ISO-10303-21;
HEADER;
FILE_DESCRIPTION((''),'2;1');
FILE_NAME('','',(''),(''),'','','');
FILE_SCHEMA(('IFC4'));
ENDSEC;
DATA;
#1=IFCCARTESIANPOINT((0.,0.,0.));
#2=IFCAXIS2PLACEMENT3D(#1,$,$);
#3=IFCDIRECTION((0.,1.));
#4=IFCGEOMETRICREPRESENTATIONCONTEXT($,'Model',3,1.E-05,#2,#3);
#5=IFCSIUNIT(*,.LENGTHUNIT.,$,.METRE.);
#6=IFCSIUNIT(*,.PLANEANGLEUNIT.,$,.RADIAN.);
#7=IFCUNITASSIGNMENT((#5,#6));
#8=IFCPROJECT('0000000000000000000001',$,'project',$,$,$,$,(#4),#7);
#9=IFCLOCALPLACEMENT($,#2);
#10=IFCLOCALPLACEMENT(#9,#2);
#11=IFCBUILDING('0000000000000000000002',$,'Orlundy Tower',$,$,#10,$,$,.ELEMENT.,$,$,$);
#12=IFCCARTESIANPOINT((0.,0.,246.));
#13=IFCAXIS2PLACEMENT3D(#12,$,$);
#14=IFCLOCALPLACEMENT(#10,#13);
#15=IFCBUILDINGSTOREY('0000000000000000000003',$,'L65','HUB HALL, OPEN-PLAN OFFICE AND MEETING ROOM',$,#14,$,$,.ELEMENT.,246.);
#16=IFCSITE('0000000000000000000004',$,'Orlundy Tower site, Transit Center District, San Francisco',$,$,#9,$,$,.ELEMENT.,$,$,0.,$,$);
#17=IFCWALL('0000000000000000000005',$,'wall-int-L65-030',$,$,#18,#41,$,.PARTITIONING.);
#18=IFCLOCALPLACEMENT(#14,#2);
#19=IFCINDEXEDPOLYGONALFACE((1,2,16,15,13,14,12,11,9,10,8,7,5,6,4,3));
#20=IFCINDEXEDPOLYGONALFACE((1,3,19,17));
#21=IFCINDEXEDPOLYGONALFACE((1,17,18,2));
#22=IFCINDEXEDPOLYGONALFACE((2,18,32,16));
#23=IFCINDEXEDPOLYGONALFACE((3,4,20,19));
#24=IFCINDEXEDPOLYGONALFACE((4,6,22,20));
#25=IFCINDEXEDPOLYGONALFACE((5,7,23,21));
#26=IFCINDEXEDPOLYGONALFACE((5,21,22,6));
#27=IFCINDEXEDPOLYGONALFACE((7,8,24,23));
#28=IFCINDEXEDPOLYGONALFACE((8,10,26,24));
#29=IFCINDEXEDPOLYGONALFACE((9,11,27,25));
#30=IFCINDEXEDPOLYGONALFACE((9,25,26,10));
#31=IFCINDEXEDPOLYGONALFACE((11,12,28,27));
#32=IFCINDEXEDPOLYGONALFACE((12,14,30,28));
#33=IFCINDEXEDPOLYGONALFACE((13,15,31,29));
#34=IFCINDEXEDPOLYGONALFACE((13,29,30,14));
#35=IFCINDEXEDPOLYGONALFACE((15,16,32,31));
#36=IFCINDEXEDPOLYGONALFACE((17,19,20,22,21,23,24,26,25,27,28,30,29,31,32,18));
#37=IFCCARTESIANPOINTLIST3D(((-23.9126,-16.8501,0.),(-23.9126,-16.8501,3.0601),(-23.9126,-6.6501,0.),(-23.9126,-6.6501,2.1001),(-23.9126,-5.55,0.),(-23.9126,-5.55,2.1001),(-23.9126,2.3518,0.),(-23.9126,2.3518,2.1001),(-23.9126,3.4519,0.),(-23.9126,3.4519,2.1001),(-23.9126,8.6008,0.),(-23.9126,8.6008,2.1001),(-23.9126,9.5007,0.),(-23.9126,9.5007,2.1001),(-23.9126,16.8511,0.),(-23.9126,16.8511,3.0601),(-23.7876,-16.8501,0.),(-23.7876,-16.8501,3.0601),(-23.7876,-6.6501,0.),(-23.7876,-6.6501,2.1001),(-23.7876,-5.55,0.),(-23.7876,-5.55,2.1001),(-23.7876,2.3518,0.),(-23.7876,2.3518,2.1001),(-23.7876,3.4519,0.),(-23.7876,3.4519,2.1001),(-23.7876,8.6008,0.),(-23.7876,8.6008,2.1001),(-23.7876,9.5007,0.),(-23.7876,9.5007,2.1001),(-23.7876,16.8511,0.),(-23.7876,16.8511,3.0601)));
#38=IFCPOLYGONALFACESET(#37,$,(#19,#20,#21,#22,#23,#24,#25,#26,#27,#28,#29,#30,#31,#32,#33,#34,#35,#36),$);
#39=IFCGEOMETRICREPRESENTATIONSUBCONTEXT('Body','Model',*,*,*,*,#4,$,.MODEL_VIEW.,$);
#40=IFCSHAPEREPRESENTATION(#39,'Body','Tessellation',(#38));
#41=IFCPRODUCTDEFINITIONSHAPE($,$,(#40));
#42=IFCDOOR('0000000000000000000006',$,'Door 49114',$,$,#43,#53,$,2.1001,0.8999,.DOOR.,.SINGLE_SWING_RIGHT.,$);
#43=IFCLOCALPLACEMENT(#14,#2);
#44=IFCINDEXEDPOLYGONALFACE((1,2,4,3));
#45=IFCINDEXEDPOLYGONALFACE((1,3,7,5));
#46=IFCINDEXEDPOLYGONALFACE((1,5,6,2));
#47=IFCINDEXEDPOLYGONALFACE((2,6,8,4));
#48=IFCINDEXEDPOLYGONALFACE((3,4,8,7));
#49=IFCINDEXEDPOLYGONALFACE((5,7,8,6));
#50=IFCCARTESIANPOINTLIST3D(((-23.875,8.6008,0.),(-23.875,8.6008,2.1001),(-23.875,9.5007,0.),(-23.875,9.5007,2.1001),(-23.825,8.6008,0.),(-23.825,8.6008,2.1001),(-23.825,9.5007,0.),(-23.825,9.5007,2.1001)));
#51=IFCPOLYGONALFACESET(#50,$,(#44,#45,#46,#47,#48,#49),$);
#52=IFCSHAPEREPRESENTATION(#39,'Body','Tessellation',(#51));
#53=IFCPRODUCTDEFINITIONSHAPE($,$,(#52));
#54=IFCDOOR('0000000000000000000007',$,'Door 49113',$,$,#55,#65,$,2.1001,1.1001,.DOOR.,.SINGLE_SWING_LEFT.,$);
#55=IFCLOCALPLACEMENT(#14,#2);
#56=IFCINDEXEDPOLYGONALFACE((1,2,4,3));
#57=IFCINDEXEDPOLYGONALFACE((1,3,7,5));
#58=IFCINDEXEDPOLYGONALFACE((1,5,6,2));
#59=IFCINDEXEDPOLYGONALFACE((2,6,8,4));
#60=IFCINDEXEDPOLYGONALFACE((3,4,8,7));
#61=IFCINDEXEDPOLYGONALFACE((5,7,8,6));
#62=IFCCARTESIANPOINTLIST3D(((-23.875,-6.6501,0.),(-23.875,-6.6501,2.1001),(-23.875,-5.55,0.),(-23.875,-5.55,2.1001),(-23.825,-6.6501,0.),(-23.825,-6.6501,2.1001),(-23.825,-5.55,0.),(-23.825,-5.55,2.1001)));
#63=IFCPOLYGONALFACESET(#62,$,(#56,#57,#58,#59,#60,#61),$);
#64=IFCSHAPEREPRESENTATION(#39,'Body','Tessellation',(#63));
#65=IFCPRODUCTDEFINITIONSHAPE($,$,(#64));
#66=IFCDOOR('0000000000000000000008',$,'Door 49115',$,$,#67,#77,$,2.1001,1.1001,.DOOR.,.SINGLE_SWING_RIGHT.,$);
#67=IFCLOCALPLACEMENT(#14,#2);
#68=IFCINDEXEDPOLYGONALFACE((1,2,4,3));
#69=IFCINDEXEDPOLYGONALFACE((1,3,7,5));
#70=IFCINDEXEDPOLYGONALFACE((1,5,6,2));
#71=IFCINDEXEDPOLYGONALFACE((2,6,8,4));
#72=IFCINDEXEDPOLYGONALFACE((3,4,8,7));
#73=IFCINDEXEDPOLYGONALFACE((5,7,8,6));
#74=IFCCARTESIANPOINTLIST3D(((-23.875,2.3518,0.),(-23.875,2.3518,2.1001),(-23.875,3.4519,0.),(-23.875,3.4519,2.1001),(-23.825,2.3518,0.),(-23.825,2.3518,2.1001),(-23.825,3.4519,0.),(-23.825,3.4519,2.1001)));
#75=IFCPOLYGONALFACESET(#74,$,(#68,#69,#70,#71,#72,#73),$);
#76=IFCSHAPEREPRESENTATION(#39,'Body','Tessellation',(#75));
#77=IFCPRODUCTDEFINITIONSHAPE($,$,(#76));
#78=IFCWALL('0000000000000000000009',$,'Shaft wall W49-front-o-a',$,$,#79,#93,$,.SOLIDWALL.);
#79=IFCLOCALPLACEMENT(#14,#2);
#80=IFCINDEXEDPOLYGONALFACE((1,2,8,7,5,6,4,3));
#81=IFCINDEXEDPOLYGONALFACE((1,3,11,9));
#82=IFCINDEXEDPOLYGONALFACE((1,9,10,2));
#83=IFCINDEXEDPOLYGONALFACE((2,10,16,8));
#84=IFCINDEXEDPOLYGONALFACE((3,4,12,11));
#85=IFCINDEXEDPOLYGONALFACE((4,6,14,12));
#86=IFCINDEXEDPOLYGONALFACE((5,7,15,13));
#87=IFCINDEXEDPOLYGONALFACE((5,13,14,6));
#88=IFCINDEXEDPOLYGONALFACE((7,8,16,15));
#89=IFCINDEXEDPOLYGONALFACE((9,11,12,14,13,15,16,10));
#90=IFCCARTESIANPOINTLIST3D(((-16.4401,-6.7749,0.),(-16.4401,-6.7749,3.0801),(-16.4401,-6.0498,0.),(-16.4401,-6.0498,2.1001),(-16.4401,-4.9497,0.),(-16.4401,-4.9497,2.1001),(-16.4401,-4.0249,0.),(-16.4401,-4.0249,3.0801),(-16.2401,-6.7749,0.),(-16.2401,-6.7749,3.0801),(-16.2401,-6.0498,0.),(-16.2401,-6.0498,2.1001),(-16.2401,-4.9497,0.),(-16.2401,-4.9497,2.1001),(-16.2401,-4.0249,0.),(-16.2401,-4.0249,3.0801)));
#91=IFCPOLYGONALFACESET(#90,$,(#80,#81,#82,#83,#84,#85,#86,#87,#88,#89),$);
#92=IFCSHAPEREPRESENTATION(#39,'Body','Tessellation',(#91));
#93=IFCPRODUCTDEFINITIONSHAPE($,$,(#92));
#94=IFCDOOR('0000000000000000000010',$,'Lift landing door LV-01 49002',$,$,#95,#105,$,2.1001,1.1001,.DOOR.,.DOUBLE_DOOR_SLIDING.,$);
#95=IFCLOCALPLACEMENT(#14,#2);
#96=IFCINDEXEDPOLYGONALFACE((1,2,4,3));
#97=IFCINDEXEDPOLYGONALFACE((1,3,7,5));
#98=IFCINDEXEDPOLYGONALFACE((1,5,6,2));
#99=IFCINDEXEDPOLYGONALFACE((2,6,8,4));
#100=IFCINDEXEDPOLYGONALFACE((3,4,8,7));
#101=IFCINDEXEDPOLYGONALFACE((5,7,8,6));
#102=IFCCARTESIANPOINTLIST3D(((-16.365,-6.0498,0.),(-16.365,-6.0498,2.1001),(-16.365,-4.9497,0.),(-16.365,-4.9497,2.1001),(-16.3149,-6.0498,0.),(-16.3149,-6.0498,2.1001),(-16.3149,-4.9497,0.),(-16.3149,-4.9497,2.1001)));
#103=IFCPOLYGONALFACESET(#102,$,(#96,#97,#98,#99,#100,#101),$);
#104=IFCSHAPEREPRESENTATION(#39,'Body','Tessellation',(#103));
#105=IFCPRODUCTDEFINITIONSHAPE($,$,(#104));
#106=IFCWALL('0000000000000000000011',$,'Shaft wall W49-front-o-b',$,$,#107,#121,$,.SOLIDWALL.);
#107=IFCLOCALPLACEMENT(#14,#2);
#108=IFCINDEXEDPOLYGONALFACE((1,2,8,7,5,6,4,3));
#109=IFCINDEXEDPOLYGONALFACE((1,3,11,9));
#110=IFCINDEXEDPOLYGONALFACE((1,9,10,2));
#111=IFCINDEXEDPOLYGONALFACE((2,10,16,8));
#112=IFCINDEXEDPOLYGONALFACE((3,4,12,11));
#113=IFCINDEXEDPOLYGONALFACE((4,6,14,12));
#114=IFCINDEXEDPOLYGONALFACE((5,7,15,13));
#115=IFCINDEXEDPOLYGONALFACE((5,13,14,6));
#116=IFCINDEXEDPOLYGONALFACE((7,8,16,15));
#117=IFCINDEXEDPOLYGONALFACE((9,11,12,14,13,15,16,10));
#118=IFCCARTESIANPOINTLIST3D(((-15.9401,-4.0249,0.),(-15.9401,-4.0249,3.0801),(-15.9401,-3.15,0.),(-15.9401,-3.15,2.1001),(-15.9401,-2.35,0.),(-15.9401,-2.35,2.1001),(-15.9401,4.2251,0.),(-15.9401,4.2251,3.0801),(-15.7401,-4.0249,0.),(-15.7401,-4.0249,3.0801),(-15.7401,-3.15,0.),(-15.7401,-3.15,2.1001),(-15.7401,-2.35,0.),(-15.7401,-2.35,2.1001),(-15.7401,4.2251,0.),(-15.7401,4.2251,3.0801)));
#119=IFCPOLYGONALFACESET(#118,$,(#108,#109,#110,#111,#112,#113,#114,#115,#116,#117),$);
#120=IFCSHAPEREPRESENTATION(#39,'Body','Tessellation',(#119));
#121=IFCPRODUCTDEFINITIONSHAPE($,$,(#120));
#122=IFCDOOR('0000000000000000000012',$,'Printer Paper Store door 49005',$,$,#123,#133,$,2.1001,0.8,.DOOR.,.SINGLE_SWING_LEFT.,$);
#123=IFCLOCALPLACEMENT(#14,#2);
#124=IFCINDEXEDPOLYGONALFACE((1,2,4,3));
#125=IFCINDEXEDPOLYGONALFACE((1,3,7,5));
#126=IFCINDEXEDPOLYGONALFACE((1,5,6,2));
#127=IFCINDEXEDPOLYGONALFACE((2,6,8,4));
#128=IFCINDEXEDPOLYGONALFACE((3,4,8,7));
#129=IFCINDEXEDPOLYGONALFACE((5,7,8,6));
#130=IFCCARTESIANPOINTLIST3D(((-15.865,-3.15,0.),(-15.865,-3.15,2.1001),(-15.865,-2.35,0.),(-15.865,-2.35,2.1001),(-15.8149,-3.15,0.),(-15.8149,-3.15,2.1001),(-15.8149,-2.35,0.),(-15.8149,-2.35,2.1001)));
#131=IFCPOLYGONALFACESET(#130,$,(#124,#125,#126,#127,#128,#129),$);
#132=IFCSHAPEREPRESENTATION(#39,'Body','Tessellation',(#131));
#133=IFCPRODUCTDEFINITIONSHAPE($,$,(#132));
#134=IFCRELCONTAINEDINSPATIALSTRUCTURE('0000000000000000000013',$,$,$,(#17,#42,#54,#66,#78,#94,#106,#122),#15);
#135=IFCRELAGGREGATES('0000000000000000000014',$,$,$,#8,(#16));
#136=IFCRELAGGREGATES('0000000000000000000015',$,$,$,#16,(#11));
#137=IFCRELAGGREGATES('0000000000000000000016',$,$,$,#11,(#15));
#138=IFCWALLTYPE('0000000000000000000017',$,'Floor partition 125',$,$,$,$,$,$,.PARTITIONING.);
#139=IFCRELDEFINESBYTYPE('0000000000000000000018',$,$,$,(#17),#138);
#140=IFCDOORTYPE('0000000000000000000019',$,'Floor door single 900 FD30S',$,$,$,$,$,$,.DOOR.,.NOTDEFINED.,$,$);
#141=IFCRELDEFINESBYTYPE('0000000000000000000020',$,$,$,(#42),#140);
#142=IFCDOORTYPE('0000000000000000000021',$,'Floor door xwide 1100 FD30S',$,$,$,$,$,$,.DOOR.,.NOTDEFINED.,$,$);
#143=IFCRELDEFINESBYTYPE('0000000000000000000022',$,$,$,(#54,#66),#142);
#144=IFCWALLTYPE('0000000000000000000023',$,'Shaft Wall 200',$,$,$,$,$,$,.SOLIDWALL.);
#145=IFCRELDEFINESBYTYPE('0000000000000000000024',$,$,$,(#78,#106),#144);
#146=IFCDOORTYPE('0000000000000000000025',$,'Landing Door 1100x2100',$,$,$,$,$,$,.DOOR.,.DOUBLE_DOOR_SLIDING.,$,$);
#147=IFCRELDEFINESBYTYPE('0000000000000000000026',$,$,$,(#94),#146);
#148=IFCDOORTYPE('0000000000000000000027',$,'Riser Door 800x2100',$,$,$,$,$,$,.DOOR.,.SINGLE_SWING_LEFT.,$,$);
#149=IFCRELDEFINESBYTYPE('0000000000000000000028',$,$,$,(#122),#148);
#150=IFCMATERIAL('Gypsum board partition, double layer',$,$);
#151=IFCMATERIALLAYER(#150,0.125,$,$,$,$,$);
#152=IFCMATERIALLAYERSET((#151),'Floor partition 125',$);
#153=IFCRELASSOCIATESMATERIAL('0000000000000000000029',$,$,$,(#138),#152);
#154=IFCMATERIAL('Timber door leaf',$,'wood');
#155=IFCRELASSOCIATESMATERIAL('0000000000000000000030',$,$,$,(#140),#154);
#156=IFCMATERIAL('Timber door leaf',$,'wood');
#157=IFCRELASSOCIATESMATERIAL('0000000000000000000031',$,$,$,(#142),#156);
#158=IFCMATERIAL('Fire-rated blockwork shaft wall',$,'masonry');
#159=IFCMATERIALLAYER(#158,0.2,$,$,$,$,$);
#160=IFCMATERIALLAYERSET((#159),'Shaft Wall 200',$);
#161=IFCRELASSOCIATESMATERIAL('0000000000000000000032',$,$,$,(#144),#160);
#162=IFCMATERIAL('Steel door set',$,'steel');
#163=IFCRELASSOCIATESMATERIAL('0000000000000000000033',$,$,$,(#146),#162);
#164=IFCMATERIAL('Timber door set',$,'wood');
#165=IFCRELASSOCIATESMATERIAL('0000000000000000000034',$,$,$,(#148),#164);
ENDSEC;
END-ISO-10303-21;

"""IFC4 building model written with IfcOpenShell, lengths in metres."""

from ifc_helpers import new_model, si_unit, direction, frame, frame_2d, origin, place, context, subcontext, project, spatial, rectangle, extrude, material, layer, layer_set, type_object, element, fill, save


model = new_model("IFC4")

# Units and contexts
model_context = context("Model", 3, precision=1e-05, world=origin(), true_north=direction((0.0, 1.0)))
body_context = subcontext(model_context, "Body", "Model", "MODEL_VIEW")
ifc_project = project(units=[si_unit("LENGTHUNIT", "METRE"), si_unit("PLANEANGLEUNIT", "RADIAN")], contexts=[model_context])

# Site, building, storey
site_placement = place(None, origin())
site = spatial("IfcSite", under=ifc_project, at=site_placement, Name="Orlundy Tower site, Transit Center District, San Francisco", CompositionType="ELEMENT", RefElevation=0.0)
building_placement = place(site_placement, origin())
building = spatial("IfcBuilding", under=site, at=building_placement, Name="Orlundy Tower", CompositionType="ELEMENT")
storey_placement = place(building_placement, frame((0.0, 0.0, 246.0)))
storey = spatial("IfcBuildingStorey", under=building, at=storey_placement, Name="L65", Description="HUB HALL, OPEN-PLAN OFFICE AND MEETING ROOM", CompositionType="ELEMENT", Elevation=246.0)

# Wall, openings, doors
ifc_material_1 = material(Name="Gypsum board partition, double layer")
ifc_layer_1 = layer(ifc_material_1, 0.125)
ifc_layer_set_1 = layer_set([ifc_layer_1], Name="Floor partition 125")
wall_type_1 = type_object("IfcWallType", Name="Floor partition 125", PredefinedType="PARTITIONING", material=ifc_layer_set_1)
wall_1_placement = place(storey_placement, frame((-23.8501, -16.8501, 0.0), z_axis=(0.0, 0.0, 1.0), x_axis=(0.0, 1.0, 0.0)))
wall_1 = element("IfcWall", 1, at=wall_1_placement, inside=storey, type_object=wall_type_1, Name="wall-int-L65-030", PredefinedType="PARTITIONING", context=body_context, shape_type="SweptSolid", body=[
    extrude(rectangle(XDim=33.7012, YDim=0.125, at=frame_2d((16.8506, 0.0))), origin(), (0.0, 0.0, 1.0), 3.0601),
])
opening_1_placement = place(wall_1_placement, frame((10.2, 0.0, 0.0)))
opening_1 = element("IfcOpeningElement", 2, at=opening_1_placement, cuts=wall_1, PredefinedType="OPENING", context=body_context, shape_type="SweptSolid", body=[
    extrude(rectangle(XDim=1.1001, YDim=2.1001, at=frame_2d((0.55, 1.05))), frame((0.0, 0.0725, 0.0), z_axis=(0.0, -1.0, 0.0), x_axis=(1.0, 0.0, 0.0)), (0.0, 0.0, 1.0), 0.145),
])
opening_2_placement = place(wall_1_placement, frame((25.4509, 0.0, 0.0)))
opening_2 = element("IfcOpeningElement", 3, at=opening_2_placement, cuts=wall_1, PredefinedType="OPENING", context=body_context, shape_type="SweptSolid", body=[
    extrude(rectangle(XDim=0.8999, YDim=2.1001, at=frame_2d((0.45, 1.05))), frame((0.0, 0.0725, 0.0), z_axis=(0.0, -1.0, 0.0), x_axis=(1.0, 0.0, 0.0)), (0.0, 0.0, 1.0), 0.145),
])
opening_3_placement = place(wall_1_placement, frame((19.2019, 0.0, 0.0)))
opening_3 = element("IfcOpeningElement", 4, at=opening_3_placement, cuts=wall_1, PredefinedType="OPENING", context=body_context, shape_type="SweptSolid", body=[
    extrude(rectangle(XDim=1.1001, YDim=2.1001, at=frame_2d((0.55, 1.05))), frame((0.0, 0.0725, 0.0), z_axis=(0.0, -1.0, 0.0), x_axis=(1.0, 0.0, 0.0)), (0.0, 0.0, 1.0), 0.145),
])
ifc_material_2 = material(Name="Timber door leaf", Category="wood")
door_type_1 = type_object("IfcDoorType", Name="Floor door single 900 FD30S", OperationType="NOTDEFINED", PredefinedType="DOOR", material=ifc_material_2)
door_1_placement = place(opening_2_placement, origin())
door_1 = element("IfcDoor", 5, at=door_1_placement, inside=storey, type_object=door_type_1, Name="Door 49114", OperationType="SINGLE_SWING_RIGHT", OverallHeight=2.1001, OverallWidth=0.8999, PredefinedType="DOOR", context=body_context, shape_type="SweptSolid", body=[
    extrude(rectangle(XDim=0.8999, YDim=2.1001, at=frame_2d((0.45, 1.05))), frame((0.0, 0.0249, 0.0), z_axis=(0.0, -1.0, 0.0), x_axis=(1.0, 0.0, 0.0)), (0.0, 0.0, 1.0), 0.05),
])
fill(opening_2, door_1)
ifc_material_3 = material(Name="Timber door leaf", Category="wood")
door_type_2 = type_object("IfcDoorType", Name="Floor door xwide 1100 FD30S", OperationType="NOTDEFINED", PredefinedType="DOOR", material=ifc_material_3)
door_2_placement = place(opening_1_placement, origin())
door_2 = element("IfcDoor", 6, at=door_2_placement, inside=storey, type_object=door_type_2, Name="Door 49113", OperationType="SINGLE_SWING_LEFT", OverallHeight=2.1001, OverallWidth=1.1001, PredefinedType="DOOR", context=body_context, shape_type="SweptSolid", body=[
    extrude(rectangle(XDim=1.1001, YDim=2.1001, at=frame_2d((0.55, 1.05))), frame((0.0, 0.0249, 0.0), z_axis=(0.0, -1.0, 0.0), x_axis=(1.0, 0.0, 0.0)), (0.0, 0.0, 1.0), 0.05),
])
fill(opening_1, door_2)
door_3_placement = place(opening_3_placement, origin())
door_3 = element("IfcDoor", 7, at=door_3_placement, inside=storey, type_object=door_type_2, Name="Door 49115", OperationType="SINGLE_SWING_RIGHT", OverallHeight=2.1001, OverallWidth=1.1001, PredefinedType="DOOR", context=body_context, shape_type="SweptSolid", body=[
    extrude(rectangle(XDim=1.1001, YDim=2.1001, at=frame_2d((0.55, 1.05))), frame((0.0, 0.0249, 0.0), z_axis=(0.0, -1.0, 0.0), x_axis=(1.0, 0.0, 0.0)), (0.0, 0.0, 1.0), 0.05),
])
fill(opening_3, door_3)

# Walls, openings, doors
ifc_material_4 = material(Name="Fire-rated blockwork shaft wall", Category="masonry")
ifc_layer_2 = layer(ifc_material_4, 0.2)
ifc_layer_set_2 = layer_set([ifc_layer_2], Name="Shaft Wall 200")
wall_type_2 = type_object("IfcWallType", Name="Shaft Wall 200", PredefinedType="SOLIDWALL", material=ifc_layer_set_2)
wall_2_placement = place(storey_placement, frame((-16.3401, -6.7749, 0.0), z_axis=(0.0, 0.0, 1.0), x_axis=(0.0, 1.0, 0.0)))
wall_2 = element("IfcWall", 8, at=wall_2_placement, inside=storey, type_object=wall_type_2, Name="Shaft wall W49-front-o-a", PredefinedType="SOLIDWALL", context=body_context, shape_type="SweptSolid", body=[
    extrude(rectangle(XDim=2.75, YDim=0.2, at=frame_2d((1.375, 0.0))), origin(), (0.0, 0.0, 1.0), 3.0801),
])
opening_4_placement = place(wall_2_placement, frame((0.7251, 0.0, 0.0)))
opening_4 = element("IfcOpeningElement", 9, at=opening_4_placement, cuts=wall_2, PredefinedType="OPENING", context=body_context, shape_type="SweptSolid", body=[
    extrude(rectangle(XDim=1.1001, YDim=2.1001, at=frame_2d((0.55, 1.05))), frame((0.0, 0.1101, 0.0), z_axis=(0.0, -1.0, 0.0), x_axis=(1.0, 0.0, 0.0)), (0.0, 0.0, 1.0), 0.2202),
])
ifc_material_5 = material(Name="Steel door set", Category="steel")
door_type_3 = type_object("IfcDoorType", Name="Landing Door 1100x2100", OperationType="DOUBLE_DOOR_SLIDING", PredefinedType="DOOR", material=ifc_material_5)
door_4_placement = place(opening_4_placement, origin())
door_4 = element("IfcDoor", 10, at=door_4_placement, inside=storey, type_object=door_type_3, Name="Lift landing door LV-01 49002", OperationType="DOUBLE_DOOR_SLIDING", OverallHeight=2.1001, OverallWidth=1.1001, PredefinedType="DOOR", context=body_context, shape_type="SweptSolid", body=[
    extrude(rectangle(XDim=1.1001, YDim=2.1001, at=frame_2d((0.55, 1.05))), frame((0.0, 0.0249, 0.0), z_axis=(0.0, -1.0, 0.0), x_axis=(1.0, 0.0, 0.0)), (0.0, 0.0, 1.0), 0.05),
])
fill(opening_4, door_4)
wall_3_placement = place(storey_placement, frame((-15.8401, -4.0249, 0.0), z_axis=(0.0, 0.0, 1.0), x_axis=(0.0, 1.0, 0.0)))
wall_3 = element("IfcWall", 11, at=wall_3_placement, inside=storey, type_object=wall_type_2, Name="Shaft wall W49-front-o-b", PredefinedType="SOLIDWALL", context=body_context, shape_type="SweptSolid", body=[
    extrude(rectangle(XDim=8.25, YDim=0.2, at=frame_2d((4.125, 0.0))), origin(), (0.0, 0.0, 1.0), 3.0801),
])
opening_5_placement = place(wall_3_placement, frame((0.875, 0.0, 0.0)))
opening_5 = element("IfcOpeningElement", 12, at=opening_5_placement, cuts=wall_3, PredefinedType="OPENING", context=body_context, shape_type="SweptSolid", body=[
    extrude(rectangle(XDim=0.8, YDim=2.1001, at=frame_2d((0.3999, 1.05))), frame((0.0, 0.1101, 0.0), z_axis=(0.0, -1.0, 0.0), x_axis=(1.0, 0.0, 0.0)), (0.0, 0.0, 1.0), 0.2202),
])
ifc_material_6 = material(Name="Timber door set", Category="wood")
door_type_4 = type_object("IfcDoorType", Name="Riser Door 800x2100", OperationType="SINGLE_SWING_LEFT", PredefinedType="DOOR", material=ifc_material_6)
door_5_placement = place(opening_5_placement, origin())
door_5 = element("IfcDoor", 13, at=door_5_placement, inside=storey, type_object=door_type_4, Name="Printer Paper Store door 49005", OperationType="SINGLE_SWING_LEFT", OverallHeight=2.1001, OverallWidth=0.8, PredefinedType="DOOR", context=body_context, shape_type="SweptSolid", body=[
    extrude(rectangle(XDim=0.8, YDim=2.1001, at=frame_2d((0.3999, 1.05))), frame((0.0, 0.0249, 0.0), z_axis=(0.0, -1.0, 0.0), x_axis=(1.0, 0.0, 0.0)), (0.0, 0.0, 1.0), 0.05),
])
fill(opening_5, door_5)

save(model, "model.ifc")
